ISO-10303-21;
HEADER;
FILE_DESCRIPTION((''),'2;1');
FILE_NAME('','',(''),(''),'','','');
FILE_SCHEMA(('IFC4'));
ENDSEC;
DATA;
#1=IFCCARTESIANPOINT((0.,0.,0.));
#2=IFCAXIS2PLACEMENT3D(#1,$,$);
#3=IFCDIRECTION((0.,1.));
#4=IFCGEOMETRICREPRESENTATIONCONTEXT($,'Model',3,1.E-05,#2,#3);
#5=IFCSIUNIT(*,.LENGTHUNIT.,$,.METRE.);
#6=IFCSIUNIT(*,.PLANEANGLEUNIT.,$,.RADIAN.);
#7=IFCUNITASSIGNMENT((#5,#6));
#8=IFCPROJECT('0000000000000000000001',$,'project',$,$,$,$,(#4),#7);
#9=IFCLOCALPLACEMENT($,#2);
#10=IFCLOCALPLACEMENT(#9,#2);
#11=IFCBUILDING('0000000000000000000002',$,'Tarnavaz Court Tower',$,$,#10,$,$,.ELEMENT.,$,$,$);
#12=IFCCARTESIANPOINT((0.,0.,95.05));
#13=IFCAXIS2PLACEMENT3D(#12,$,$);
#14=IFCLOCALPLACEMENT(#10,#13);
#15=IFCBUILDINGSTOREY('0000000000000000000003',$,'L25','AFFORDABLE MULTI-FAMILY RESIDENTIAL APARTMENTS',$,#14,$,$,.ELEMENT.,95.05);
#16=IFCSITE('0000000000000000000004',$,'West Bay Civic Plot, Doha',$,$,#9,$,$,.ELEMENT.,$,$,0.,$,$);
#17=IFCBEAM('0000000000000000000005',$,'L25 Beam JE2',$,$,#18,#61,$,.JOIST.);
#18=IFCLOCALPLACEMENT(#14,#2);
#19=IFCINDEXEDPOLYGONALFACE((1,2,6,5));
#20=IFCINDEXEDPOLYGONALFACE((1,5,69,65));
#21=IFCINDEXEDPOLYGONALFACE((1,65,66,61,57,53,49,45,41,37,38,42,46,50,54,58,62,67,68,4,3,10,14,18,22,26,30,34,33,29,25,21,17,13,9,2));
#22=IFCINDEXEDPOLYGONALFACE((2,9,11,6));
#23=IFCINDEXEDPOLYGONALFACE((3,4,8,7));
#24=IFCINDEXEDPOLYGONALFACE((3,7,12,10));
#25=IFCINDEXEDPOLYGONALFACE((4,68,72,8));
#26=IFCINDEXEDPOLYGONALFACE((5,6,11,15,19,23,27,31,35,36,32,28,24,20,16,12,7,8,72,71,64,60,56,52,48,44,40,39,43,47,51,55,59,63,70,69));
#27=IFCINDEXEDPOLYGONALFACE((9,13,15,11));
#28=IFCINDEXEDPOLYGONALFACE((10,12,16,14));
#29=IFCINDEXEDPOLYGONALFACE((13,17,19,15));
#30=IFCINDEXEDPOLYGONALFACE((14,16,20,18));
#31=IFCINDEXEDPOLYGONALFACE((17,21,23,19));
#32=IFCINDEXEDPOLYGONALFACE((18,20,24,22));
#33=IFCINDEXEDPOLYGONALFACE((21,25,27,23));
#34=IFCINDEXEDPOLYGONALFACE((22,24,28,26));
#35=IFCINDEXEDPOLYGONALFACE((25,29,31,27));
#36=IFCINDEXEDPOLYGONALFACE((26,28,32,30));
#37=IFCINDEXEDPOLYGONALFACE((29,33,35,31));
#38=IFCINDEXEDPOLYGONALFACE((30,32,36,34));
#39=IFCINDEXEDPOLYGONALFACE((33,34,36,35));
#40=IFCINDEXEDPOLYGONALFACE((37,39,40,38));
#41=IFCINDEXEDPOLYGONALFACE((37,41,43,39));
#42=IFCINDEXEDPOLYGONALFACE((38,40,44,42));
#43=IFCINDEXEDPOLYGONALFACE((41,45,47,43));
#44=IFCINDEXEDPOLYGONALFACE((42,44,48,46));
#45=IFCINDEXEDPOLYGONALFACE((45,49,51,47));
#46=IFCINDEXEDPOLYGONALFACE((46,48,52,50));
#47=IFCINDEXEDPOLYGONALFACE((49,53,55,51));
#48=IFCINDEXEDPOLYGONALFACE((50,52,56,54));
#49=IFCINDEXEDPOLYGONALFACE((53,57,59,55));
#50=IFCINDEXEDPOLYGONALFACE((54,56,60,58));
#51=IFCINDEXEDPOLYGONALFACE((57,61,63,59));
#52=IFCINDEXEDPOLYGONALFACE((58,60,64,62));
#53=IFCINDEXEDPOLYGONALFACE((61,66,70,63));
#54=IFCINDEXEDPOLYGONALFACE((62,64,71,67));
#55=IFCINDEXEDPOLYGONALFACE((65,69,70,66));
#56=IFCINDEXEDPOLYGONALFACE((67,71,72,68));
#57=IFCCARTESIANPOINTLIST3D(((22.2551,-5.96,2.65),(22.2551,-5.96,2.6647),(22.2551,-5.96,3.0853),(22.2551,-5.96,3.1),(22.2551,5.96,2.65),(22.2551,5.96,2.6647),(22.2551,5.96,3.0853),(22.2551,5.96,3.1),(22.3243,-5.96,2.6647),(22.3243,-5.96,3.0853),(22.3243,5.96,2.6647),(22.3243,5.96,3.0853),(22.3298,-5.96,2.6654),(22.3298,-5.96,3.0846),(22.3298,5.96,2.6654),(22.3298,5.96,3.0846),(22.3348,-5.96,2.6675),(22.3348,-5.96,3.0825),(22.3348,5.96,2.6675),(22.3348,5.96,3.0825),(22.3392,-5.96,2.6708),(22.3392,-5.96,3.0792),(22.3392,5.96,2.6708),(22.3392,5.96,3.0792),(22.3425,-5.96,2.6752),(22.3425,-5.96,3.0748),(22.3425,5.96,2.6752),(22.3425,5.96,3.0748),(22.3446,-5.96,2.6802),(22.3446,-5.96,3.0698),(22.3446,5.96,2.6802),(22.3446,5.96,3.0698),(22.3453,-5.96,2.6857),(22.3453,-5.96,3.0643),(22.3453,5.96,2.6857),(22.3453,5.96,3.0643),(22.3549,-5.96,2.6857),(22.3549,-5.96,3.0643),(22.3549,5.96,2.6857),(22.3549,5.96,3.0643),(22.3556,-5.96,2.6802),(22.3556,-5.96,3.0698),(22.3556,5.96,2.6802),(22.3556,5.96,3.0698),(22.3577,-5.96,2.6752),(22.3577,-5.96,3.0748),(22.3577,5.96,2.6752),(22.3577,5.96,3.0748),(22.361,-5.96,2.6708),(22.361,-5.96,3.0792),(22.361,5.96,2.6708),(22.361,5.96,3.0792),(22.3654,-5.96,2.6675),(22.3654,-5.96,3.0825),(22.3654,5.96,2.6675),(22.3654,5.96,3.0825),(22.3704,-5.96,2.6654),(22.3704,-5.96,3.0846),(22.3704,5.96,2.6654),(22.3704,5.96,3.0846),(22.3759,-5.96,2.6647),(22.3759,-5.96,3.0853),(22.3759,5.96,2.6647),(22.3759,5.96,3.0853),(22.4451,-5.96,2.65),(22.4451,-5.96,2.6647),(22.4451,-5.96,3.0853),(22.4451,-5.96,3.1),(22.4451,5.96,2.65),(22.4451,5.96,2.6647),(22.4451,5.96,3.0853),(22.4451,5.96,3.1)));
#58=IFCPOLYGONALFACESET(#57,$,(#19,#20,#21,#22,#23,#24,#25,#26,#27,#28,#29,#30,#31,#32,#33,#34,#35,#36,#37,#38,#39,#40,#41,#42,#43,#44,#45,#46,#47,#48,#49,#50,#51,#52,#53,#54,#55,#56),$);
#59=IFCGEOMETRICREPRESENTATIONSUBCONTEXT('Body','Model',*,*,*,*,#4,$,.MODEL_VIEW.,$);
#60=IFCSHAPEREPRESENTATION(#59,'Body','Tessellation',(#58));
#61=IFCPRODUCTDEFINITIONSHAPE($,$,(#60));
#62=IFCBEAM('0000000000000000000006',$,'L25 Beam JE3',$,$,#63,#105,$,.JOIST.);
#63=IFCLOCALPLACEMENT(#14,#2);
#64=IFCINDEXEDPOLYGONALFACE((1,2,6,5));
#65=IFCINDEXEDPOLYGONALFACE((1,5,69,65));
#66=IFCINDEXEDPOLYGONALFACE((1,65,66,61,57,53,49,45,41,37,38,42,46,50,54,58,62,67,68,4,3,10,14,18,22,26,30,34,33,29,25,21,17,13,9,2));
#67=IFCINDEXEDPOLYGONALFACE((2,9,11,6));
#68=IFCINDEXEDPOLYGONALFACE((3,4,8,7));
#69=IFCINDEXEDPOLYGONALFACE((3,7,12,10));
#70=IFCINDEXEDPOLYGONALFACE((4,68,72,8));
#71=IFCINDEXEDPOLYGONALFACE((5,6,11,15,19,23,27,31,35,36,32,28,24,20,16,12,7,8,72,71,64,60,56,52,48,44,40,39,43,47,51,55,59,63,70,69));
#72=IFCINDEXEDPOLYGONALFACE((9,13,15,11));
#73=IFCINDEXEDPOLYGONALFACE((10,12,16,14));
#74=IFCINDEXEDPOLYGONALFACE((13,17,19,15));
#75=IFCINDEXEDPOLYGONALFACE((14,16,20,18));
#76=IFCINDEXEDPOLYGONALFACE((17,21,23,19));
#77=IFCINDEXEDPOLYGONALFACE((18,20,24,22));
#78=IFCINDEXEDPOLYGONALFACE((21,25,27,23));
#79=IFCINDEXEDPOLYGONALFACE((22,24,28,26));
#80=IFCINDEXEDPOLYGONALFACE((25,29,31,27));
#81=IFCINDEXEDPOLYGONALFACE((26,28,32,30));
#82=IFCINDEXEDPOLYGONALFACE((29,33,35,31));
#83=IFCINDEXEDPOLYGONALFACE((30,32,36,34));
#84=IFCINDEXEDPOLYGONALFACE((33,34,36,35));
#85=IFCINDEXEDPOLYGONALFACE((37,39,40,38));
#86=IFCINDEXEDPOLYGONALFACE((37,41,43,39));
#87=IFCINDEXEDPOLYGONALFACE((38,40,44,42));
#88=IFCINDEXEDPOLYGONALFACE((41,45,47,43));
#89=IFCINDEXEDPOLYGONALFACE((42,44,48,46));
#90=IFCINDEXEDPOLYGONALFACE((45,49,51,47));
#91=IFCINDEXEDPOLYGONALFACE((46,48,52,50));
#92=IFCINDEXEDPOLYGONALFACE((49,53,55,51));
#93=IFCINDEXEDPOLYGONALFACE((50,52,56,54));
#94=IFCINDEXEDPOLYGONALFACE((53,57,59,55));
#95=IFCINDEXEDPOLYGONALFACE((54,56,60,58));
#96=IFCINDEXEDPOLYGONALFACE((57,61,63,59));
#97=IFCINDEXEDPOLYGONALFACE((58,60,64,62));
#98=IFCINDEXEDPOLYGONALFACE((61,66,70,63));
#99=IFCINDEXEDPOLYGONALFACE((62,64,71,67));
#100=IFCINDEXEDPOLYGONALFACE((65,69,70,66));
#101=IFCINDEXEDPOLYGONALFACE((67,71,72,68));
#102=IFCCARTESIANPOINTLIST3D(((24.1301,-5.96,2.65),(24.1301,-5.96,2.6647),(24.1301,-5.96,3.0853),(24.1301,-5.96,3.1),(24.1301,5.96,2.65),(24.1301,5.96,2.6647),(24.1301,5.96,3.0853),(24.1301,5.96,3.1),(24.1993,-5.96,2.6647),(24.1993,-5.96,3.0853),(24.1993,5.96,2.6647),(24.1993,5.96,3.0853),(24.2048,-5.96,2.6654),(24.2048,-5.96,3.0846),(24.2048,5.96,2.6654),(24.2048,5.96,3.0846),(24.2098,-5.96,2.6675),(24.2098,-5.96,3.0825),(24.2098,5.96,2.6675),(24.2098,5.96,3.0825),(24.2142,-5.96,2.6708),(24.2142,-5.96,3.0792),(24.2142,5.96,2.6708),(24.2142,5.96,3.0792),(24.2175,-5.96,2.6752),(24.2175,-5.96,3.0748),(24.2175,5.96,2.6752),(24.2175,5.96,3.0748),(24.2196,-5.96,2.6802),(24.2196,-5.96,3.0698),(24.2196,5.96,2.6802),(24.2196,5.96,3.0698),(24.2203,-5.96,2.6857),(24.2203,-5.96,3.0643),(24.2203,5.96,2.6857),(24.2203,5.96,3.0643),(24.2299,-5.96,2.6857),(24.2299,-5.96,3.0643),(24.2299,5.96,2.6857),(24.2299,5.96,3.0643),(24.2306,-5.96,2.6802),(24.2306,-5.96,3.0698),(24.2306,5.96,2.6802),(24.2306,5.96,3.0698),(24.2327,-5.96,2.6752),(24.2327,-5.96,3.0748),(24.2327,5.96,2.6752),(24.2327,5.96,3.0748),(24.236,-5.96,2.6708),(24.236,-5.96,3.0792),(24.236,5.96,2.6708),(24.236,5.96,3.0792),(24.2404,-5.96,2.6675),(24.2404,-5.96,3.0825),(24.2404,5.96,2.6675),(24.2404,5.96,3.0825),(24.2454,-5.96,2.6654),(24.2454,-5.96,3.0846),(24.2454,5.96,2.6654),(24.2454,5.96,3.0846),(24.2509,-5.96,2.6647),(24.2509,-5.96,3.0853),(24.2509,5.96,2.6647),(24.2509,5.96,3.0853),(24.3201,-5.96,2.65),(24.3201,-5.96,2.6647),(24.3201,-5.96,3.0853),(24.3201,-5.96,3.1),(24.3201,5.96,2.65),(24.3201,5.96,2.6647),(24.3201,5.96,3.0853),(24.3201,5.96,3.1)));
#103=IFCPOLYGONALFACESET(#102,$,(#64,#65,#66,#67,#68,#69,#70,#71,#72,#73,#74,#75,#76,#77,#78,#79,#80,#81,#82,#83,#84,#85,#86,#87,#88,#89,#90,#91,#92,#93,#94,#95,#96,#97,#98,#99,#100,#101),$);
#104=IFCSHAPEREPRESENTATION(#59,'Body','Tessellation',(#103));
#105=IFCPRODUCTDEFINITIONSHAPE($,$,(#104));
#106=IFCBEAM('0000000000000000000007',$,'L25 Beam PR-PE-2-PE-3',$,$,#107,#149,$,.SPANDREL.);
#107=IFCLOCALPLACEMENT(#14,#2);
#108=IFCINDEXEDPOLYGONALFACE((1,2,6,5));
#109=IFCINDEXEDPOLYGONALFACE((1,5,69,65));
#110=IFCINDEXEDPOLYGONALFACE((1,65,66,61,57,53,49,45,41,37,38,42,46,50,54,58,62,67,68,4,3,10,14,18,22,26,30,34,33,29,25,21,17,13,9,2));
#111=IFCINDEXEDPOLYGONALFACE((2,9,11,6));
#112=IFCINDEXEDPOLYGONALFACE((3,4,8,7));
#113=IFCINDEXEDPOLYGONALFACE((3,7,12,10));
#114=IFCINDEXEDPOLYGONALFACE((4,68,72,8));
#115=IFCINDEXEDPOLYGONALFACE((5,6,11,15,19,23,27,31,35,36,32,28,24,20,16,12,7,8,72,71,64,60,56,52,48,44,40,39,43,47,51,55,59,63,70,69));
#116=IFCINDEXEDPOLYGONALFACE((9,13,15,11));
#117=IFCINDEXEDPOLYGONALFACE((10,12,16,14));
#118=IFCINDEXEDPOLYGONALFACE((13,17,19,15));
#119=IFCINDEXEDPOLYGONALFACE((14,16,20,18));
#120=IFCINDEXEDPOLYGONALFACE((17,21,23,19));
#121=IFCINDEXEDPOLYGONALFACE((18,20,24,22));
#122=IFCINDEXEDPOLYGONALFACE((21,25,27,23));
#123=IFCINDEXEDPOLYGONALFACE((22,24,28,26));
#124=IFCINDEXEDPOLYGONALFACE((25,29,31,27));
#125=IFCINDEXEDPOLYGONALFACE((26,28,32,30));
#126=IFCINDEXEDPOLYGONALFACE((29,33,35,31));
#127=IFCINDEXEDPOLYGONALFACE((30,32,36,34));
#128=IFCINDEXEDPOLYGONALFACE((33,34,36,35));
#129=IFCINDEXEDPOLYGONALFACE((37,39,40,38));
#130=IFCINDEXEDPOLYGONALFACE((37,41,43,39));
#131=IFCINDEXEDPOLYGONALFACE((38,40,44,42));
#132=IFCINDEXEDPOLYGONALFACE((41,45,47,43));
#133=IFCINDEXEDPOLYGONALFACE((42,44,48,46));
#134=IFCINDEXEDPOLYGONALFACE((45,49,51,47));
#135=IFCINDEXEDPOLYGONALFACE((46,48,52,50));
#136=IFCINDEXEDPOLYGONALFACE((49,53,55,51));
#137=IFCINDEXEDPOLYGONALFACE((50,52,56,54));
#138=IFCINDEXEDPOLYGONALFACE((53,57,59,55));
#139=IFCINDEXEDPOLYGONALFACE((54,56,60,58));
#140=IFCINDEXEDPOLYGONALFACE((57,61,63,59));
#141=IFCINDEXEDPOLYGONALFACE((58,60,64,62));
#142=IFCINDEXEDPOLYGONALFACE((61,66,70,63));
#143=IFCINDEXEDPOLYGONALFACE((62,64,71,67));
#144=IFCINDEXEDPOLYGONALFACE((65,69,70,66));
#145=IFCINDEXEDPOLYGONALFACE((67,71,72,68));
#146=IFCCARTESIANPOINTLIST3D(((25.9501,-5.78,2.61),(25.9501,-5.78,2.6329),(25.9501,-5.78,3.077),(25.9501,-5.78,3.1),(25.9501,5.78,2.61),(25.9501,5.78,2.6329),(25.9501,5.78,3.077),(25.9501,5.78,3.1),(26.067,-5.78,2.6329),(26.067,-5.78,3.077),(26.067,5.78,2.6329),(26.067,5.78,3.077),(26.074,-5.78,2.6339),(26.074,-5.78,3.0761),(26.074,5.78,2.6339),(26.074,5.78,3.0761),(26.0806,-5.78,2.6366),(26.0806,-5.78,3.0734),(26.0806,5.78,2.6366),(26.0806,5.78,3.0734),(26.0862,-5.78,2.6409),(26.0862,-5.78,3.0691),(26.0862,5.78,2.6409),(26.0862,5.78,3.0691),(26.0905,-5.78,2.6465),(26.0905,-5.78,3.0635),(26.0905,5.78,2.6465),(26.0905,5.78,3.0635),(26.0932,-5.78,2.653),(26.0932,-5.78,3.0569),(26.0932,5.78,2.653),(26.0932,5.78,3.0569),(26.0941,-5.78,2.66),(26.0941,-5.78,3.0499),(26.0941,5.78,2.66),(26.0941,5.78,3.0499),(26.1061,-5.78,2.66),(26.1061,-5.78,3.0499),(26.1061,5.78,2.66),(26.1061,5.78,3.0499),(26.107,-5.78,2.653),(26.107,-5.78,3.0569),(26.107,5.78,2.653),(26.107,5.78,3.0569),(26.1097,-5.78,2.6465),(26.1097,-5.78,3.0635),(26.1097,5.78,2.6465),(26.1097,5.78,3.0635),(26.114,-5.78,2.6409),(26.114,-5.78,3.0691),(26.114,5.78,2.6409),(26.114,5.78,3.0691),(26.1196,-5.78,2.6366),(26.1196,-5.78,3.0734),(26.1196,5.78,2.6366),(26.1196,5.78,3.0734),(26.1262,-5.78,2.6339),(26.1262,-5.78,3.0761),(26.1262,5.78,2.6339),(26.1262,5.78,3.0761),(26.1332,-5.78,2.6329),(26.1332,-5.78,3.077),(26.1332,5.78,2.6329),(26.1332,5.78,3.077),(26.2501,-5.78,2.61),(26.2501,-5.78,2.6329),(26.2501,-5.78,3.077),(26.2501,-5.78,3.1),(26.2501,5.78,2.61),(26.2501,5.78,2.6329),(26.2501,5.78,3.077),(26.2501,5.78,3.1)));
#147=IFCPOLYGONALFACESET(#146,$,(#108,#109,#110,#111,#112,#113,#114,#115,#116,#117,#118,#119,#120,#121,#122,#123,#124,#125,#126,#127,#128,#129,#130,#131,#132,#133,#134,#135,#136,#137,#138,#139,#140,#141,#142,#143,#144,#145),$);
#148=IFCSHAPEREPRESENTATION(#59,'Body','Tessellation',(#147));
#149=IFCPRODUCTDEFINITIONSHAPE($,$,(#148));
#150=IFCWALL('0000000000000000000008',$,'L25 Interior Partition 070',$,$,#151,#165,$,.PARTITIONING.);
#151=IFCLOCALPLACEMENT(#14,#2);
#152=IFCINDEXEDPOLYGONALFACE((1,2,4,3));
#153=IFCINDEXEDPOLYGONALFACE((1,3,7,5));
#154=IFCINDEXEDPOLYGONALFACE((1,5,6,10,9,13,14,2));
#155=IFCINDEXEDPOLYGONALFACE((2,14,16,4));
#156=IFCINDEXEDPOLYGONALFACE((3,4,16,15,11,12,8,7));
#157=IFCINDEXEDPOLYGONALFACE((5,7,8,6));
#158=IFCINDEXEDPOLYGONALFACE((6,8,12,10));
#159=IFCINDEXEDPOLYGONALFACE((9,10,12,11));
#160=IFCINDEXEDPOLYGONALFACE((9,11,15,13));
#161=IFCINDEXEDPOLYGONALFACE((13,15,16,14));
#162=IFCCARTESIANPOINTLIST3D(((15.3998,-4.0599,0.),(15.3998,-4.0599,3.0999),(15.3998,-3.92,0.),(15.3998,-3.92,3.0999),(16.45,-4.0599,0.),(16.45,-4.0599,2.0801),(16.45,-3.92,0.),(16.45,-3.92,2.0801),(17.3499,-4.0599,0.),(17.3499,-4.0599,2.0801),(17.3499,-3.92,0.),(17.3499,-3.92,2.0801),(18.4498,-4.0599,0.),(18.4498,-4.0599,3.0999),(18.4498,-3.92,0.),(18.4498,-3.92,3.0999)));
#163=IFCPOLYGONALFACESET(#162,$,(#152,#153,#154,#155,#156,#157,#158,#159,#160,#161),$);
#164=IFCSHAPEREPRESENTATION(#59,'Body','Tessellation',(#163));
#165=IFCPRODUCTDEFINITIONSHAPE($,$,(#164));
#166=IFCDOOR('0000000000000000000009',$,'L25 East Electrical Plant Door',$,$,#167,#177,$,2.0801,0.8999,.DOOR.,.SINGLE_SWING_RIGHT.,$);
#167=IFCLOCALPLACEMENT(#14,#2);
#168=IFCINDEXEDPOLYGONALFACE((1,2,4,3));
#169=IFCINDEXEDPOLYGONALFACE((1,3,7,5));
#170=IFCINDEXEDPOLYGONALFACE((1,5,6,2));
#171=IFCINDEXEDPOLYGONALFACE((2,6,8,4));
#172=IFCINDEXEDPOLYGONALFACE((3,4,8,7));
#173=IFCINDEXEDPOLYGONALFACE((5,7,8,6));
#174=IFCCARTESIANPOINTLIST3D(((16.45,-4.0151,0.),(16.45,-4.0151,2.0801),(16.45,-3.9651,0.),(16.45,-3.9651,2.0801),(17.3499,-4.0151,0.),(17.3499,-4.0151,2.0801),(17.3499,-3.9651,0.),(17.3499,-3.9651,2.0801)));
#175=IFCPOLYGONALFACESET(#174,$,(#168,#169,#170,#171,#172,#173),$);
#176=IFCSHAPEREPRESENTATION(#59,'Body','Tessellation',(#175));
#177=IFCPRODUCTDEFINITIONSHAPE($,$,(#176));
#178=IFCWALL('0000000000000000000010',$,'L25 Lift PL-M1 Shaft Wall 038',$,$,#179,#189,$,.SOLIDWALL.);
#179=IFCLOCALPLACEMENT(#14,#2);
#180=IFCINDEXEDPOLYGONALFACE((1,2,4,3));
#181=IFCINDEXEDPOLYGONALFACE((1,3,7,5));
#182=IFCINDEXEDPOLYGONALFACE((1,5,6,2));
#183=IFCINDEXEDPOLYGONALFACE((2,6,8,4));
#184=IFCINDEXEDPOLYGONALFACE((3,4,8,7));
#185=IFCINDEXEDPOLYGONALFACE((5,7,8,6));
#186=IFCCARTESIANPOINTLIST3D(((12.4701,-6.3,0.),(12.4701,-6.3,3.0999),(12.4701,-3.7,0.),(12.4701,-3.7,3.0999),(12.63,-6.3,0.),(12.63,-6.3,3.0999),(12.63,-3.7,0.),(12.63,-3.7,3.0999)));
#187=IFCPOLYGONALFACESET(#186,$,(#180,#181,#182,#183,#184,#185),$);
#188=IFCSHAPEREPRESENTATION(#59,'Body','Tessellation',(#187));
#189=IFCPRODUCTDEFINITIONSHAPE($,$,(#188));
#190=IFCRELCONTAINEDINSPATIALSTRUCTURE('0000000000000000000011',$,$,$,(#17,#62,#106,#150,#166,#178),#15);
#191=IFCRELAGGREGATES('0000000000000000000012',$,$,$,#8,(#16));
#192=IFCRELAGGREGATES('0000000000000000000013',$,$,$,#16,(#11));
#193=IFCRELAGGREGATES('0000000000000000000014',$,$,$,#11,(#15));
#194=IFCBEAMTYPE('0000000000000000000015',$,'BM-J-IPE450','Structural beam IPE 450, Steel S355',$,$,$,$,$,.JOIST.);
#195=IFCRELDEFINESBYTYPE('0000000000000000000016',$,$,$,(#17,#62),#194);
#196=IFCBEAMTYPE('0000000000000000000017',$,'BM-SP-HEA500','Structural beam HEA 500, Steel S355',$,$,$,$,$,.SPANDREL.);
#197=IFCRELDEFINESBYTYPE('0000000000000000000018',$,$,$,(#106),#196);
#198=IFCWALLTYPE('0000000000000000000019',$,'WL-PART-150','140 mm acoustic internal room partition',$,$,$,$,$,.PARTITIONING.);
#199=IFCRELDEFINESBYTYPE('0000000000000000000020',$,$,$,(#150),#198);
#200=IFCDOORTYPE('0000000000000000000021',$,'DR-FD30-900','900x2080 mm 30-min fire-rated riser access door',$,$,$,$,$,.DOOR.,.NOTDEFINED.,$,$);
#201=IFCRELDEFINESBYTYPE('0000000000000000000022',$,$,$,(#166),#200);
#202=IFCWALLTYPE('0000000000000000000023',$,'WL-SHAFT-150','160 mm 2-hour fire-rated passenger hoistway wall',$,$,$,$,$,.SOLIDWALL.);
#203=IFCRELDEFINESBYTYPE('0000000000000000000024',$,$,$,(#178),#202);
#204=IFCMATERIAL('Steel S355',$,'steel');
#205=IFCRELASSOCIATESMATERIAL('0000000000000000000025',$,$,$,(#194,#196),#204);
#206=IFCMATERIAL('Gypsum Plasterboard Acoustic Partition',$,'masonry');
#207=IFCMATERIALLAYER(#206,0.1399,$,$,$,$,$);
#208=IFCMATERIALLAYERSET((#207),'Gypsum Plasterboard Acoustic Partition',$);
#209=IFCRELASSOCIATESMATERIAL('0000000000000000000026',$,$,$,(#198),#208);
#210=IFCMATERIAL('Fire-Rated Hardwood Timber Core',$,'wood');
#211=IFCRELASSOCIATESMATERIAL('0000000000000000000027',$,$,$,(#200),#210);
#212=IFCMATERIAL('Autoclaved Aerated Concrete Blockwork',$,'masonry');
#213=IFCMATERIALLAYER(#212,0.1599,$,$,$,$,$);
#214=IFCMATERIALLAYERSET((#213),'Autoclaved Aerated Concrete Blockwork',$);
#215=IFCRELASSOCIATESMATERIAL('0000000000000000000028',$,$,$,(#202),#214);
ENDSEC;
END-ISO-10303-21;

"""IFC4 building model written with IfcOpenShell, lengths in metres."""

from ifc_helpers import new_model, si_unit, direction, frame, frame_2d, origin, origin_2d, place, context, subcontext, project, spatial, rectangle, i_section, extrude, material, layer, layer_set, material_profile, profile_set, type_object, element, fill, save


model = new_model("IFC4")

# Units and contexts
model_context = context("Model", 3, precision=1e-05, world=origin(), true_north=direction((0.0, 1.0)))
body_context = subcontext(model_context, "Body", "Model", "MODEL_VIEW")
ifc_project = project(units=[si_unit("LENGTHUNIT", "METRE"), si_unit("PLANEANGLEUNIT", "RADIAN")], contexts=[model_context])

# Site, building, storey
site_placement = place(None, origin())
site = spatial("IfcSite", under=ifc_project, at=site_placement, Name="West Bay Civic Plot, Doha", CompositionType="ELEMENT", RefElevation=0.0)
building_placement = place(site_placement, origin())
building = spatial("IfcBuilding", under=site, at=building_placement, Name="Tarnavaz Court Tower", CompositionType="ELEMENT")
storey_placement = place(building_placement, frame((0.0, 0.0, 95.05)))
storey = spatial("IfcBuildingStorey", under=building, at=storey_placement, Name="L25", Description="AFFORDABLE MULTI-FAMILY RESIDENTIAL APARTMENTS", CompositionType="ELEMENT", Elevation=95.05)

# Beams
ifc_material_1 = material(Name="Steel S355", Category="steel")
ifc_material_profile_1 = material_profile(ifc_material_1, i_section(OverallWidth=0.1899, OverallDepth=0.45, WebThickness=0.0095, FlangeThickness=0.0146, FilletRadius=0.021, at=origin_2d()), Name="IPE 450")
ifc_profile_set_1 = profile_set([ifc_material_profile_1], Name="Steel S355")
beam_type_1 = type_object("IfcBeamType", Name="BM-J-IPE450", Description="Structural beam IPE 450, Steel S355", PredefinedType="JOIST", material=ifc_profile_set_1)
for number, where, z_axis, x_axis, name in (
    (1, (22.3501, -5.96, 2.875), (0.0, 1.0, 0.0), (-1.0, 0.0, 0.0), "L25 Beam JE2"),
    (2, (24.2251, -5.96, 2.875), (0.0, 1.0, 0.0), (-1.0, 0.0, 0.0), "L25 Beam JE3"),
):
    element("IfcBeam", number, at=place(storey_placement, frame(where, z_axis=z_axis, x_axis=x_axis)), inside=storey, type_object=beam_type_1, Name=name, PredefinedType="JOIST", context=body_context, shape_type="SweptSolid", body=[
        extrude(i_section(OverallWidth=0.1899, OverallDepth=0.45, WebThickness=0.0095, FlangeThickness=0.0146, FilletRadius=0.021, at=origin_2d()), origin(), (0.0, 0.0, 1.0), 11.9199),
    ])
ifc_material_profile_2 = material_profile(ifc_material_1, i_section(OverallWidth=0.3, OverallDepth=0.49, WebThickness=0.012, FlangeThickness=0.0229, FilletRadius=0.0271, at=origin_2d()), Name="HEA 500")
ifc_profile_set_2 = profile_set([ifc_material_profile_2], Name="Steel S355")
beam_type_2 = type_object("IfcBeamType", Name="BM-SP-HEA500", Description="Structural beam HEA 500, Steel S355", PredefinedType="SPANDREL", material=ifc_profile_set_2)
beam_1_placement = place(storey_placement, frame((26.1001, -5.78, 2.855), z_axis=(0.0, 1.0, 0.0), x_axis=(-1.0, 0.0, 0.0)))
element("IfcBeam", 3, at=beam_1_placement, inside=storey, type_object=beam_type_2, Name="L25 Beam PR-PE-2-PE-3", PredefinedType="SPANDREL", context=body_context, shape_type="SweptSolid", body=[
    extrude(i_section(OverallWidth=0.3, OverallDepth=0.49, WebThickness=0.012, FlangeThickness=0.0229, FilletRadius=0.0271, at=origin_2d()), origin(), (0.0, 0.0, 1.0), 11.5601),
])

# Wall, opening, door
ifc_material_2 = material(Name="Gypsum Plasterboard Acoustic Partition", Category="masonry")
ifc_layer_1 = layer(ifc_material_2, 0.1399)
ifc_layer_set_1 = layer_set([ifc_layer_1], Name="Gypsum Plasterboard Acoustic Partition")
wall_type_1 = type_object("IfcWallType", Name="WL-PART-150", Description="140 mm acoustic internal room partition", PredefinedType="PARTITIONING", material=ifc_layer_set_1)
wall_1_placement = place(storey_placement, frame((15.3999, -3.99, 0.0), z_axis=(0.0, 0.0, 1.0), x_axis=(1.0, 0.0, 0.0)))
wall_1 = element("IfcWall", 4, at=wall_1_placement, inside=storey, type_object=wall_type_1, Name="L25 Interior Partition 070", PredefinedType="PARTITIONING", context=body_context, shape_type="SweptSolid", body=[
    extrude(rectangle(XDim=3.05, YDim=0.1399, at=frame_2d((1.5249, 0.0))), origin(), (0.0, 0.0, 1.0), 3.0999),
])
opening_placement = place(wall_1_placement, frame((1.05, 0.0, 0.0)))
opening = element("IfcOpeningElement", 5, at=opening_placement, cuts=wall_1, PredefinedType="OPENING", context=body_context, shape_type="SweptSolid", body=[
    extrude(rectangle(XDim=0.8999, YDim=2.0801, at=frame_2d((0.45, 1.04))), frame((0.0, 0.0798, 0.0), z_axis=(0.0, -1.0, 0.0), x_axis=(1.0, 0.0, 0.0)), (0.0, 0.0, 1.0), 0.1599),
])
ifc_material_3 = material(Name="Fire-Rated Hardwood Timber Core", Category="wood")
door_type = type_object("IfcDoorType", Name="DR-FD30-900", Description="900x2080 mm 30-min fire-rated riser access door", OperationType="NOTDEFINED", PredefinedType="DOOR", material=ifc_material_3)
door_placement = place(opening_placement, origin())
door = element("IfcDoor", 6, at=door_placement, inside=storey, type_object=door_type, Name="L25 East Electrical Plant Door", OperationType="SINGLE_SWING_RIGHT", OverallHeight=2.0801, OverallWidth=0.8999, PredefinedType="DOOR", context=body_context, shape_type="SweptSolid", body=[
    extrude(rectangle(XDim=0.8999, YDim=2.0801, at=frame_2d((0.45, 1.04))), frame((0.0, 0.0249, 0.0), z_axis=(0.0, -1.0, 0.0), x_axis=(1.0, 0.0, 0.0)), (0.0, 0.0, 1.0), 0.05),
])
fill(opening, door)

# Wall
ifc_material_4 = material(Name="Autoclaved Aerated Concrete Blockwork", Category="masonry")
ifc_layer_2 = layer(ifc_material_4, 0.1599)
ifc_layer_set_2 = layer_set([ifc_layer_2], Name="Autoclaved Aerated Concrete Blockwork")
wall_type_2 = type_object("IfcWallType", Name="WL-SHAFT-150", Description="160 mm 2-hour fire-rated passenger hoistway wall", PredefinedType="SOLIDWALL", material=ifc_layer_set_2)
for number, where, z_axis, x_axis, name in (
    (7, (12.55, -6.3, 0.0), (0.0, 0.0, 1.0), (0.0, 1.0, 0.0), "L25 Lift PL-M1 Shaft Wall 038"),
):
    element("IfcWall", number, at=place(storey_placement, frame(where, z_axis=z_axis, x_axis=x_axis)), inside=storey, type_object=wall_type_2, Name=name, PredefinedType="SOLIDWALL", context=body_context, shape_type="SweptSolid", body=[
        extrude(rectangle(XDim=2.6001, YDim=0.1599, at=frame_2d((1.3, 0.0))), origin(), (0.0, 0.0, 1.0), 3.0999),
    ])

save(model, "model.ifc")
